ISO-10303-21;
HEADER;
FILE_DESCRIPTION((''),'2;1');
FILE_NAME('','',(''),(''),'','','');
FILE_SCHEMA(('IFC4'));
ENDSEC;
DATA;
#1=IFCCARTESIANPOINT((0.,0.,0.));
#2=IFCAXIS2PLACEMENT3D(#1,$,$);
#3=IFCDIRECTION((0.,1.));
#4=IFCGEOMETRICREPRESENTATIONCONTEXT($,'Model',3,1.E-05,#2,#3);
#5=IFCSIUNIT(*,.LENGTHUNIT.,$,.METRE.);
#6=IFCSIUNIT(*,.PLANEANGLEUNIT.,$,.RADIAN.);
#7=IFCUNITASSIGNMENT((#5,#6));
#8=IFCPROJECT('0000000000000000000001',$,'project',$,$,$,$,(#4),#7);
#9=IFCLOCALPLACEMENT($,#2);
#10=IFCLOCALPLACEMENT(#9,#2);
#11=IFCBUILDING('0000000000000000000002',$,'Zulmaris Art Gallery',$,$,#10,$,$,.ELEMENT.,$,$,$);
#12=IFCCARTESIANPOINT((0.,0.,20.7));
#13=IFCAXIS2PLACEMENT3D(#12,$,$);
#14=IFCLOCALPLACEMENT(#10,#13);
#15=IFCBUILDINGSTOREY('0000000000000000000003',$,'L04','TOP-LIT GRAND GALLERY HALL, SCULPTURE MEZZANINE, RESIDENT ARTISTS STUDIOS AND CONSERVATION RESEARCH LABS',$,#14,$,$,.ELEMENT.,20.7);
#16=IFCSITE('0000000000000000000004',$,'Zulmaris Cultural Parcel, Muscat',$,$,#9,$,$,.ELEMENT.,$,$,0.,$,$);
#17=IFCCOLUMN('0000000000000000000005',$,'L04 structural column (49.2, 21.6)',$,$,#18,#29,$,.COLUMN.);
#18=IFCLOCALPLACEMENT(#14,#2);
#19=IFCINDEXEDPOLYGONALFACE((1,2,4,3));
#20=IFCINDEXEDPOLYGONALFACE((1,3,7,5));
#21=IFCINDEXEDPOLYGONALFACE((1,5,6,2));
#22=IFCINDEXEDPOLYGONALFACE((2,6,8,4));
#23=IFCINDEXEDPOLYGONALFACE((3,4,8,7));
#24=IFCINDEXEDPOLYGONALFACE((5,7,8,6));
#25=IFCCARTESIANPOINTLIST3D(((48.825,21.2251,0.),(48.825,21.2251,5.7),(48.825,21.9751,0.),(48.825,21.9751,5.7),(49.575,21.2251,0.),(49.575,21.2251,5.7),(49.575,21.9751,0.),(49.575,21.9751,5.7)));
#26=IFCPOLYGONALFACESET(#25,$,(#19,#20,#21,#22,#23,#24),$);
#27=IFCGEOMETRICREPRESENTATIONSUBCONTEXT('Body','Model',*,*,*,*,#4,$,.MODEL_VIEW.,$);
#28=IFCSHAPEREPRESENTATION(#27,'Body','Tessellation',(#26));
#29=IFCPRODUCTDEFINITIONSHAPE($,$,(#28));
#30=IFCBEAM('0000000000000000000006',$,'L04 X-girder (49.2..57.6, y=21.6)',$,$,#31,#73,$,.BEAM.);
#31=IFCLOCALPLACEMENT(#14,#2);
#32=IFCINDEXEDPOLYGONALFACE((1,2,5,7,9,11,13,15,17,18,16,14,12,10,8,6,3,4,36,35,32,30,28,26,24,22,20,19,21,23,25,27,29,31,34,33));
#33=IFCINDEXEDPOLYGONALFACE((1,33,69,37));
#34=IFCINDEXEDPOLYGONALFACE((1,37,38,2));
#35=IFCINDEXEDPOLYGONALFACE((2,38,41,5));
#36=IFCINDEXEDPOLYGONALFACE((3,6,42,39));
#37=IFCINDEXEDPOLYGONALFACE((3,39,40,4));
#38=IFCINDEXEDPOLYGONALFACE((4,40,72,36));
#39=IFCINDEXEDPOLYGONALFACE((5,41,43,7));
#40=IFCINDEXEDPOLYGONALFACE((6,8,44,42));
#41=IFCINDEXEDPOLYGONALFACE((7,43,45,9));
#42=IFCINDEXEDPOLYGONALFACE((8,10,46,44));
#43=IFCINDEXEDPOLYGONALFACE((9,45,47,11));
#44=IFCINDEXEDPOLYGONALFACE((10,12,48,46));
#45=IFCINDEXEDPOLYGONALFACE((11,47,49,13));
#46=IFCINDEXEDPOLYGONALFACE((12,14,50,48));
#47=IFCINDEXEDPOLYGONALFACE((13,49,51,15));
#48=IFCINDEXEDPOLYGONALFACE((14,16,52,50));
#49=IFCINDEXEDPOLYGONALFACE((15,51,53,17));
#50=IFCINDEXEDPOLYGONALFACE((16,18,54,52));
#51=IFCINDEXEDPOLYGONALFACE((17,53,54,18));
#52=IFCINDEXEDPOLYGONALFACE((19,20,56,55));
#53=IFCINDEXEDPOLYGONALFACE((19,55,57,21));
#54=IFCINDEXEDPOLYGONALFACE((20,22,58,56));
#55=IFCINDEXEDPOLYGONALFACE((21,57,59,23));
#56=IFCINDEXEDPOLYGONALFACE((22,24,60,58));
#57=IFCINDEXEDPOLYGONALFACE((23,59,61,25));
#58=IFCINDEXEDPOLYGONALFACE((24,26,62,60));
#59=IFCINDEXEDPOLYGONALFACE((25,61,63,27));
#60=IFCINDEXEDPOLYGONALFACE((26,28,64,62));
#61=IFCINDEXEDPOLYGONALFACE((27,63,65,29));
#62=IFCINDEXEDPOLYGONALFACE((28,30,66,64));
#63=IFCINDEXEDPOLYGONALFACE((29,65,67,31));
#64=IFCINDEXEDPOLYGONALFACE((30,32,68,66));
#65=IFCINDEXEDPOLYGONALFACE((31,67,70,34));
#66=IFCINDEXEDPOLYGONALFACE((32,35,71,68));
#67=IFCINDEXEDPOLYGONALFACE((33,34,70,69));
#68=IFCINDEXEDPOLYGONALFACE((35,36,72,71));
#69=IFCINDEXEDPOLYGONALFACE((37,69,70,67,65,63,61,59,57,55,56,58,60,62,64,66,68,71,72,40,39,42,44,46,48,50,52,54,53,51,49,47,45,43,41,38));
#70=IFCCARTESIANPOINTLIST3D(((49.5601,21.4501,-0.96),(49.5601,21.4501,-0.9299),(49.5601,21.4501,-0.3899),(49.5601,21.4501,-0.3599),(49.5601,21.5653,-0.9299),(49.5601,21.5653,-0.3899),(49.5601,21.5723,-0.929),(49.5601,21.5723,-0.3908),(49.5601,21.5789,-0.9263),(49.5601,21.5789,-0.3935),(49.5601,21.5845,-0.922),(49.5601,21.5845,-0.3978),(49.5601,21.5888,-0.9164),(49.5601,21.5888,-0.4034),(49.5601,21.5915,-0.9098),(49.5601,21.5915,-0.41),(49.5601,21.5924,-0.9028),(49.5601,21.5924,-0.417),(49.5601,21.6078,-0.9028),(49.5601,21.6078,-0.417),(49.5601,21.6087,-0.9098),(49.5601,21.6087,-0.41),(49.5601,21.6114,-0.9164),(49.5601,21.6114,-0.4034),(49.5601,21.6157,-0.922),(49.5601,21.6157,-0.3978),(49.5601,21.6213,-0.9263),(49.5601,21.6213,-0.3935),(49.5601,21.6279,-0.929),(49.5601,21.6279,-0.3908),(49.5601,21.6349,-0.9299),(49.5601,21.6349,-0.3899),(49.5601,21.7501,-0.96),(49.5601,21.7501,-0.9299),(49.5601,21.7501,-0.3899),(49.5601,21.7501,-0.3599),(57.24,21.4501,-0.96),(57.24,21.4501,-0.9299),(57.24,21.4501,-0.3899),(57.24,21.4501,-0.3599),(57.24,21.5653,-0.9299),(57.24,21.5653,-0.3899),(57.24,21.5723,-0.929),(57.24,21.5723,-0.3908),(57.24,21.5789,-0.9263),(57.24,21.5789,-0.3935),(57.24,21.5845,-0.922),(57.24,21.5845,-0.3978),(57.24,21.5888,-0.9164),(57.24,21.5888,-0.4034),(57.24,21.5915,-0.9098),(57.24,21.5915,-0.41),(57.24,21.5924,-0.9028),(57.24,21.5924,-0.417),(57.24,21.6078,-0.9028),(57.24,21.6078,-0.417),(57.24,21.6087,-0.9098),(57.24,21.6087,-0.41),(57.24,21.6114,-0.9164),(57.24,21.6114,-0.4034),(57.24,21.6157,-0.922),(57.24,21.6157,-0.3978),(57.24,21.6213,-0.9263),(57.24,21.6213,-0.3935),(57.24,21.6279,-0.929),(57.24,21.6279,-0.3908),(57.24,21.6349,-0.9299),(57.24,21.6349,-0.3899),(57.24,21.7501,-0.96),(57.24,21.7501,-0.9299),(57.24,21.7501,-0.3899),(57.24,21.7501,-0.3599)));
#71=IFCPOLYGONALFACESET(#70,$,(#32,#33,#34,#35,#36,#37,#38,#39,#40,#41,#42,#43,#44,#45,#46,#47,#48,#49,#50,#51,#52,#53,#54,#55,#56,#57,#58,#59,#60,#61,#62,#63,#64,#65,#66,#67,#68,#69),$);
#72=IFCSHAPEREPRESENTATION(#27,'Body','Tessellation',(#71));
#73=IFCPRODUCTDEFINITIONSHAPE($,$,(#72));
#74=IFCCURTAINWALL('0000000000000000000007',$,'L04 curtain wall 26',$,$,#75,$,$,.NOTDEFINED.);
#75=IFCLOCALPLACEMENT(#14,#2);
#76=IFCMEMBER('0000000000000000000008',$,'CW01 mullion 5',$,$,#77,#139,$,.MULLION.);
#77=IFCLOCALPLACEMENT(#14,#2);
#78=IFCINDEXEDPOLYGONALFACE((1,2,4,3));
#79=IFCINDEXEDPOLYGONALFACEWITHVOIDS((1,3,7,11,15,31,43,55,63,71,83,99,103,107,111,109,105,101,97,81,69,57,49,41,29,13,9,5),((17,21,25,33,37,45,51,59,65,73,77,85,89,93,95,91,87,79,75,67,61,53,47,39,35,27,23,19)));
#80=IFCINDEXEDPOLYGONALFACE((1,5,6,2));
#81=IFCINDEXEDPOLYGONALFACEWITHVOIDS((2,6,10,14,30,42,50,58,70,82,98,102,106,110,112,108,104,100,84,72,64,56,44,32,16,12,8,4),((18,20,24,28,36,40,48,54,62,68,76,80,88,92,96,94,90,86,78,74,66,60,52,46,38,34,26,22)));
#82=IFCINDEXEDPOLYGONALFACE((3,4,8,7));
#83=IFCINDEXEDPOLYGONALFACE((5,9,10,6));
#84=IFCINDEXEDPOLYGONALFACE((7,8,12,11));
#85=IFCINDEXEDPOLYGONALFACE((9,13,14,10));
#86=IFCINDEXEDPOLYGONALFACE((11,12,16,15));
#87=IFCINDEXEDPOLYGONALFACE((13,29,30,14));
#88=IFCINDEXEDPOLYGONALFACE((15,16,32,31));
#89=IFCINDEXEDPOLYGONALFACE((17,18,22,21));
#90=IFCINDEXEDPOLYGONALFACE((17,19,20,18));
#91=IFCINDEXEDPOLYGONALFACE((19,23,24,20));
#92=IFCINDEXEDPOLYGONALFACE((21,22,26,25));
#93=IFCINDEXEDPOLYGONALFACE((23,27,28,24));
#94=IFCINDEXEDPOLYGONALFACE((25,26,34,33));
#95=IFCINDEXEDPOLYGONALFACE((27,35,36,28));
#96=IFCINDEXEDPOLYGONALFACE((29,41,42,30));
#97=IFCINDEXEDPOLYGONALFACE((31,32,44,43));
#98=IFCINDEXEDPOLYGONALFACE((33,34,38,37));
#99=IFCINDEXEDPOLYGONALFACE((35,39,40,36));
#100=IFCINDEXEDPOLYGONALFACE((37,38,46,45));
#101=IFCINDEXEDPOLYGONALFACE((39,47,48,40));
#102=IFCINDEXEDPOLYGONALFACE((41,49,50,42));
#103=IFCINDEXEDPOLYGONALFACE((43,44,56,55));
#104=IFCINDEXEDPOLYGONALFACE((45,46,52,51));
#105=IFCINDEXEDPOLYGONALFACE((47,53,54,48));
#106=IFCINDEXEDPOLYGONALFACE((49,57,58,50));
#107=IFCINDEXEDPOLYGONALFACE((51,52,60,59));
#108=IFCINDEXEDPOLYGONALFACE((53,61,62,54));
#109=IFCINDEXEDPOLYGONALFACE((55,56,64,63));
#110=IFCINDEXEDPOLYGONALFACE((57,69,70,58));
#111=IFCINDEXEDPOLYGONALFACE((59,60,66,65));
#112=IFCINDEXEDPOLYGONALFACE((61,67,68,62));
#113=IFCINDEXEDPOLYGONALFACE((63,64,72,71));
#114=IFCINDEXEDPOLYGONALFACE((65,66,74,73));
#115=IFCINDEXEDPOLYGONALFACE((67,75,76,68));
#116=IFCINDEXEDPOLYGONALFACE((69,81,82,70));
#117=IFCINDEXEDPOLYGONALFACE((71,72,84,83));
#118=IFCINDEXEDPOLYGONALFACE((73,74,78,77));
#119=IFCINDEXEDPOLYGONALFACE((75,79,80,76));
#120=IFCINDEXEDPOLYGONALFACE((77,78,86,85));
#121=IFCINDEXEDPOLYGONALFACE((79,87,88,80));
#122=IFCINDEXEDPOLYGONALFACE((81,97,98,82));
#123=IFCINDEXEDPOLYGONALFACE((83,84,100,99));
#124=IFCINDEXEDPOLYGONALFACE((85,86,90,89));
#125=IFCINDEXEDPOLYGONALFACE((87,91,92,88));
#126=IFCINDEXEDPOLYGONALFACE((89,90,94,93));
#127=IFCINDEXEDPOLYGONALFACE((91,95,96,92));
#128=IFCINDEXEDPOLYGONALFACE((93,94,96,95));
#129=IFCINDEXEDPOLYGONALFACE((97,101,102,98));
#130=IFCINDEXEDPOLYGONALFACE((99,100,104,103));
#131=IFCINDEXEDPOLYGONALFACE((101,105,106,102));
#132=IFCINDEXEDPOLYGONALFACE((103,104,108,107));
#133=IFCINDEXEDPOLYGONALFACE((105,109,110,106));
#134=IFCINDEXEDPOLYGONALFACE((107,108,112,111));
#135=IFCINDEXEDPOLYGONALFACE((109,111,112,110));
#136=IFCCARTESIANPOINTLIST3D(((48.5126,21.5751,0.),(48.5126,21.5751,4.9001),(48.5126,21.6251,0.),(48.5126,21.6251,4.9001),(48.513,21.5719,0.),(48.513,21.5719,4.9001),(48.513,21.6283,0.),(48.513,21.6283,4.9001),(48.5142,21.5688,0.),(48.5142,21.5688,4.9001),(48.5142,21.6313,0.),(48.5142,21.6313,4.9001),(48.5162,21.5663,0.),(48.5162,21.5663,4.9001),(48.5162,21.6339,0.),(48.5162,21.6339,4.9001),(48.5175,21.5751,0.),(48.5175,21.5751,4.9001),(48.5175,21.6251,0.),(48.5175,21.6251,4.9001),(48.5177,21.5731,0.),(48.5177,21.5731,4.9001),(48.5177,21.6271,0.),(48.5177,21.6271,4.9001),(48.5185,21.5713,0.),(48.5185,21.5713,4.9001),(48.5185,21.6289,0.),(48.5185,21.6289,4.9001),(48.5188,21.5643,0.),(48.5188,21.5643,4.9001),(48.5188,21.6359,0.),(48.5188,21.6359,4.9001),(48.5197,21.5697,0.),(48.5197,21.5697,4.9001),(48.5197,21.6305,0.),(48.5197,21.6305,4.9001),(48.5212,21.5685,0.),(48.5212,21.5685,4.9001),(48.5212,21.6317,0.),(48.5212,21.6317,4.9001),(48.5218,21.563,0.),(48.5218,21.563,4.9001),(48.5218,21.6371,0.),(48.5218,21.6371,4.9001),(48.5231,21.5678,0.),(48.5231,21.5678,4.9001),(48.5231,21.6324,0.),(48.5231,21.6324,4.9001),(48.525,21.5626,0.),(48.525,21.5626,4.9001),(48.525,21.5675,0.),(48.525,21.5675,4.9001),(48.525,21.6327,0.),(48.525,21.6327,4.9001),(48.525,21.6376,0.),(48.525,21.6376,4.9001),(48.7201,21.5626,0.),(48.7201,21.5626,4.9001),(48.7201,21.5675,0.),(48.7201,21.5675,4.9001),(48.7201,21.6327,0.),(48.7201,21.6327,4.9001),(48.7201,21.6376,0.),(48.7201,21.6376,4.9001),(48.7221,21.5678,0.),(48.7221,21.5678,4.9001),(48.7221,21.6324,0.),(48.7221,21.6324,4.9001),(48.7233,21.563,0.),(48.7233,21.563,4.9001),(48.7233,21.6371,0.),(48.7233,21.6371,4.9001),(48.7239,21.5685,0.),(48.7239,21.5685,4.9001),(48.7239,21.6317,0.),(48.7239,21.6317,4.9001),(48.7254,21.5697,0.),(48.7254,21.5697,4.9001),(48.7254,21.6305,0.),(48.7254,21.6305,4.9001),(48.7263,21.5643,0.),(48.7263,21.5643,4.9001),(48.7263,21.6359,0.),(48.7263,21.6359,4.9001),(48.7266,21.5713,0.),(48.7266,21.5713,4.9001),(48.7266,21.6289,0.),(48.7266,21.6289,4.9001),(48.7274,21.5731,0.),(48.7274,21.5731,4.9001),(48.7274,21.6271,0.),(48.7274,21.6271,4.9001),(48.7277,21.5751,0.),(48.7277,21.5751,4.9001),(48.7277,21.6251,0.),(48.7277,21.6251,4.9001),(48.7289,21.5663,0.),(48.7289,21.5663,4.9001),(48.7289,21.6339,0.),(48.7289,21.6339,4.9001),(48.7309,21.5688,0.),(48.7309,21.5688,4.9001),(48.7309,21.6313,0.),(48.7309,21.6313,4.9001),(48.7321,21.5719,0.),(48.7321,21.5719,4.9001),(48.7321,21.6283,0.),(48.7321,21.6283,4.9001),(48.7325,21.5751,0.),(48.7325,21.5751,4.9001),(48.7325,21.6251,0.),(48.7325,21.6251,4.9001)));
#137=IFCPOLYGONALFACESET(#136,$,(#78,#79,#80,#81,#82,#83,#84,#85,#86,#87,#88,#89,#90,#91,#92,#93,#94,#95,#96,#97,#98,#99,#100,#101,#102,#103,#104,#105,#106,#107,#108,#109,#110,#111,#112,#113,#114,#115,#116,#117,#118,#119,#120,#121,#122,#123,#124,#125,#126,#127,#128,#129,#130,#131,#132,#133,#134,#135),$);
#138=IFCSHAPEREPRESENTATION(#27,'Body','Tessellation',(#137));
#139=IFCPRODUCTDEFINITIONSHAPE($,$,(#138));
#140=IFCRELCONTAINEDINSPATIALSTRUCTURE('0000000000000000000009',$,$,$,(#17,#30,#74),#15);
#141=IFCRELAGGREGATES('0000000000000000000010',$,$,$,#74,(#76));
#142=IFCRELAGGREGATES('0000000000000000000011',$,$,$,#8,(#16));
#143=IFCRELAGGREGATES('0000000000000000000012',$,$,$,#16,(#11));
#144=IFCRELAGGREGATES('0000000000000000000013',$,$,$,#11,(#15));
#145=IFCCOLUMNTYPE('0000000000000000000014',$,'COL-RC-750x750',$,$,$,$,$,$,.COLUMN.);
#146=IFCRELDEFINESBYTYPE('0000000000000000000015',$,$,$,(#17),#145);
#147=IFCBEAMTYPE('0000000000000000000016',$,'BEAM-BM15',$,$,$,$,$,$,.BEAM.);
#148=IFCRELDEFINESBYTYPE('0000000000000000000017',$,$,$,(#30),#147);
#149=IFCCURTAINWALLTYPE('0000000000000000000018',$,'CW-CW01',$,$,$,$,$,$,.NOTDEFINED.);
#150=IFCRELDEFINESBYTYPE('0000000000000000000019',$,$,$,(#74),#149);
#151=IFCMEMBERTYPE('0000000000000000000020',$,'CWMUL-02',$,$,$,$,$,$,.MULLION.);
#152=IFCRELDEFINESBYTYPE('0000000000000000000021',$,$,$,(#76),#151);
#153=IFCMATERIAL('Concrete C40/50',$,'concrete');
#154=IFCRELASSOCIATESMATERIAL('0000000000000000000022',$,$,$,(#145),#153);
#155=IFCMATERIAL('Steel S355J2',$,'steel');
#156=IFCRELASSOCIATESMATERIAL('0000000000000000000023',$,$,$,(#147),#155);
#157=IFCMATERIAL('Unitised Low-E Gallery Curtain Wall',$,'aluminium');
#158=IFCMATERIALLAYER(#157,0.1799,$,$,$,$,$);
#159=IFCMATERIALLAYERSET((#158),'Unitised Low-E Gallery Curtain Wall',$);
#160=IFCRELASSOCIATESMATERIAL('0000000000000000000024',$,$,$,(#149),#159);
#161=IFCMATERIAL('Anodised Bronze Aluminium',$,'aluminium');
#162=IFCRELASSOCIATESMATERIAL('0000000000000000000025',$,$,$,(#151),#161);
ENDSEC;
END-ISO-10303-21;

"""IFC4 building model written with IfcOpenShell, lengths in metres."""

from ifc_helpers import new_model, si_unit, direction, frame, origin, origin_2d, place, context, subcontext, project, spatial, rectangle, hollow_rectangle, i_section, extrude, material, layer, layer_set, material_profile, profile_set, type_object, element, aggregate, save


model = new_model("IFC4")

# Units and contexts
model_context = context("Model", 3, precision=1e-05, world=origin(), true_north=direction((0.0, 1.0)))
body_context = subcontext(model_context, "Body", "Model", "MODEL_VIEW")
ifc_project = project(units=[si_unit("LENGTHUNIT", "METRE"), si_unit("PLANEANGLEUNIT", "RADIAN")], contexts=[model_context])

# Site, building, storey
site_placement = place(None, origin())
site = spatial("IfcSite", under=ifc_project, at=site_placement, Name="Zulmaris Cultural Parcel, Muscat", CompositionType="ELEMENT", RefElevation=0.0)
building_placement = place(site_placement, origin())
building = spatial("IfcBuilding", under=site, at=building_placement, Name="Zulmaris Art Gallery", CompositionType="ELEMENT")
storey_placement = place(building_placement, frame((0.0, 0.0, 20.7)))
storey = spatial("IfcBuildingStorey", under=building, at=storey_placement, Name="L04", Description="TOP-LIT GRAND GALLERY HALL, SCULPTURE MEZZANINE, RESIDENT ARTISTS STUDIOS AND CONSERVATION RESEARCH LABS", CompositionType="ELEMENT", Elevation=20.7)

# Column
ifc_material_1 = material(Name="Concrete C40/50", Category="concrete")
ifc_material_profile_1 = material_profile(ifc_material_1, rectangle(XDim=0.75, YDim=0.75, at=origin_2d()), Name="RC 750x750")
ifc_profile_set_1 = profile_set([ifc_material_profile_1], Name="Concrete C40/50")
column_type = type_object("IfcColumnType", Name="COL-RC-750x750", PredefinedType="COLUMN", material=ifc_profile_set_1)
column_placement = place(storey_placement, frame((49.2, 21.6001, 0.0), z_axis=(0.0, 0.0, 1.0), x_axis=(1.0, 0.0, 0.0)))
element("IfcColumn", 1, at=column_placement, inside=storey, type_object=column_type, Name="L04 structural column (49.2, 21.6)", PredefinedType="COLUMN", context=body_context, shape_type="SweptSolid", body=[
    extrude(rectangle(XDim=0.75, YDim=0.75, at=origin_2d()), origin(), (0.0, 0.0, 1.0), 5.7),
])

# Beam
ifc_material_2 = material(Name="Steel S355J2", Category="steel")
ifc_material_profile_2 = material_profile(ifc_material_2, i_section(OverallWidth=0.3, OverallDepth=0.6001, WebThickness=0.0154, FlangeThickness=0.03, FilletRadius=0.0271, at=origin_2d()), Name="HEB 600")
ifc_profile_set_2 = profile_set([ifc_material_profile_2], Name="Steel S355J2")
beam_type = type_object("IfcBeamType", Name="BEAM-BM15", PredefinedType="BEAM", material=ifc_profile_set_2)
beam_placement = place(storey_placement, frame((49.5601, 21.6001, -0.6599), z_axis=(1.0, 0.0, 0.0), x_axis=(0.0, 1.0, 0.0)))
element("IfcBeam", 2, at=beam_placement, inside=storey, type_object=beam_type, Name="L04 X-girder (49.2..57.6, y=21.6)", PredefinedType="BEAM", context=body_context, shape_type="SweptSolid", body=[
    extrude(i_section(OverallWidth=0.3, OverallDepth=0.6001, WebThickness=0.0154, FlangeThickness=0.03, FilletRadius=0.0271, at=origin_2d()), origin(), (0.0, 0.0, 1.0), 7.6799),
])

# Curtain wall, member
ifc_material_3 = material(Name="Unitised Low-E Gallery Curtain Wall", Category="aluminium")
ifc_layer_1 = layer(ifc_material_3, 0.1799)
ifc_layer_set_1 = layer_set([ifc_layer_1], Name="Unitised Low-E Gallery Curtain Wall")
curtain_wall_type_1 = type_object("IfcCurtainWallType", Name="CW-CW01", PredefinedType="NOTDEFINED", material=ifc_layer_set_1)
curtain_wall_1_placement = place(storey_placement, origin())
curtain_wall_1 = element("IfcCurtainWall", 3, at=curtain_wall_1_placement, inside=storey, type_object=curtain_wall_type_1, Name="L04 curtain wall 26", PredefinedType="NOTDEFINED")
ifc_material_4 = material(Name="Anodised Bronze Aluminium", Category="aluminium")
ifc_material_profile_3 = material_profile(ifc_material_4, hollow_rectangle(XDim=0.075, YDim=0.22, WallThickness=0.0049, InnerFilletRadius=0.0076, OuterFilletRadius=0.0125, at=origin_2d()), Name="ALU 75x220x5")
ifc_profile_set_3 = profile_set([ifc_material_profile_3], Name="Anodised Bronze Aluminium")
member_type_1 = type_object("IfcMemberType", Name="CWMUL-02", PredefinedType="MULLION", material=ifc_profile_set_3)
member_1_placement = place(storey_placement, frame((48.6226, 21.6001, 0.0), z_axis=(0.0, 0.0, 1.0), x_axis=(0.0, 1.0, 0.0)))
member_1 = element("IfcMember", 4, at=member_1_placement, type_object=member_type_1, Name="CW01 mullion 5", PredefinedType="MULLION", context=body_context, shape_type="SweptSolid", body=[
    extrude(hollow_rectangle(XDim=0.075, YDim=0.22, WallThickness=0.0049, InnerFilletRadius=0.0076, OuterFilletRadius=0.0125, at=origin_2d()), origin(), (0.0, 0.0, 1.0), 4.9001),
])

aggregate(curtain_wall_1, [member_1])

save(model, "model.ifc")
